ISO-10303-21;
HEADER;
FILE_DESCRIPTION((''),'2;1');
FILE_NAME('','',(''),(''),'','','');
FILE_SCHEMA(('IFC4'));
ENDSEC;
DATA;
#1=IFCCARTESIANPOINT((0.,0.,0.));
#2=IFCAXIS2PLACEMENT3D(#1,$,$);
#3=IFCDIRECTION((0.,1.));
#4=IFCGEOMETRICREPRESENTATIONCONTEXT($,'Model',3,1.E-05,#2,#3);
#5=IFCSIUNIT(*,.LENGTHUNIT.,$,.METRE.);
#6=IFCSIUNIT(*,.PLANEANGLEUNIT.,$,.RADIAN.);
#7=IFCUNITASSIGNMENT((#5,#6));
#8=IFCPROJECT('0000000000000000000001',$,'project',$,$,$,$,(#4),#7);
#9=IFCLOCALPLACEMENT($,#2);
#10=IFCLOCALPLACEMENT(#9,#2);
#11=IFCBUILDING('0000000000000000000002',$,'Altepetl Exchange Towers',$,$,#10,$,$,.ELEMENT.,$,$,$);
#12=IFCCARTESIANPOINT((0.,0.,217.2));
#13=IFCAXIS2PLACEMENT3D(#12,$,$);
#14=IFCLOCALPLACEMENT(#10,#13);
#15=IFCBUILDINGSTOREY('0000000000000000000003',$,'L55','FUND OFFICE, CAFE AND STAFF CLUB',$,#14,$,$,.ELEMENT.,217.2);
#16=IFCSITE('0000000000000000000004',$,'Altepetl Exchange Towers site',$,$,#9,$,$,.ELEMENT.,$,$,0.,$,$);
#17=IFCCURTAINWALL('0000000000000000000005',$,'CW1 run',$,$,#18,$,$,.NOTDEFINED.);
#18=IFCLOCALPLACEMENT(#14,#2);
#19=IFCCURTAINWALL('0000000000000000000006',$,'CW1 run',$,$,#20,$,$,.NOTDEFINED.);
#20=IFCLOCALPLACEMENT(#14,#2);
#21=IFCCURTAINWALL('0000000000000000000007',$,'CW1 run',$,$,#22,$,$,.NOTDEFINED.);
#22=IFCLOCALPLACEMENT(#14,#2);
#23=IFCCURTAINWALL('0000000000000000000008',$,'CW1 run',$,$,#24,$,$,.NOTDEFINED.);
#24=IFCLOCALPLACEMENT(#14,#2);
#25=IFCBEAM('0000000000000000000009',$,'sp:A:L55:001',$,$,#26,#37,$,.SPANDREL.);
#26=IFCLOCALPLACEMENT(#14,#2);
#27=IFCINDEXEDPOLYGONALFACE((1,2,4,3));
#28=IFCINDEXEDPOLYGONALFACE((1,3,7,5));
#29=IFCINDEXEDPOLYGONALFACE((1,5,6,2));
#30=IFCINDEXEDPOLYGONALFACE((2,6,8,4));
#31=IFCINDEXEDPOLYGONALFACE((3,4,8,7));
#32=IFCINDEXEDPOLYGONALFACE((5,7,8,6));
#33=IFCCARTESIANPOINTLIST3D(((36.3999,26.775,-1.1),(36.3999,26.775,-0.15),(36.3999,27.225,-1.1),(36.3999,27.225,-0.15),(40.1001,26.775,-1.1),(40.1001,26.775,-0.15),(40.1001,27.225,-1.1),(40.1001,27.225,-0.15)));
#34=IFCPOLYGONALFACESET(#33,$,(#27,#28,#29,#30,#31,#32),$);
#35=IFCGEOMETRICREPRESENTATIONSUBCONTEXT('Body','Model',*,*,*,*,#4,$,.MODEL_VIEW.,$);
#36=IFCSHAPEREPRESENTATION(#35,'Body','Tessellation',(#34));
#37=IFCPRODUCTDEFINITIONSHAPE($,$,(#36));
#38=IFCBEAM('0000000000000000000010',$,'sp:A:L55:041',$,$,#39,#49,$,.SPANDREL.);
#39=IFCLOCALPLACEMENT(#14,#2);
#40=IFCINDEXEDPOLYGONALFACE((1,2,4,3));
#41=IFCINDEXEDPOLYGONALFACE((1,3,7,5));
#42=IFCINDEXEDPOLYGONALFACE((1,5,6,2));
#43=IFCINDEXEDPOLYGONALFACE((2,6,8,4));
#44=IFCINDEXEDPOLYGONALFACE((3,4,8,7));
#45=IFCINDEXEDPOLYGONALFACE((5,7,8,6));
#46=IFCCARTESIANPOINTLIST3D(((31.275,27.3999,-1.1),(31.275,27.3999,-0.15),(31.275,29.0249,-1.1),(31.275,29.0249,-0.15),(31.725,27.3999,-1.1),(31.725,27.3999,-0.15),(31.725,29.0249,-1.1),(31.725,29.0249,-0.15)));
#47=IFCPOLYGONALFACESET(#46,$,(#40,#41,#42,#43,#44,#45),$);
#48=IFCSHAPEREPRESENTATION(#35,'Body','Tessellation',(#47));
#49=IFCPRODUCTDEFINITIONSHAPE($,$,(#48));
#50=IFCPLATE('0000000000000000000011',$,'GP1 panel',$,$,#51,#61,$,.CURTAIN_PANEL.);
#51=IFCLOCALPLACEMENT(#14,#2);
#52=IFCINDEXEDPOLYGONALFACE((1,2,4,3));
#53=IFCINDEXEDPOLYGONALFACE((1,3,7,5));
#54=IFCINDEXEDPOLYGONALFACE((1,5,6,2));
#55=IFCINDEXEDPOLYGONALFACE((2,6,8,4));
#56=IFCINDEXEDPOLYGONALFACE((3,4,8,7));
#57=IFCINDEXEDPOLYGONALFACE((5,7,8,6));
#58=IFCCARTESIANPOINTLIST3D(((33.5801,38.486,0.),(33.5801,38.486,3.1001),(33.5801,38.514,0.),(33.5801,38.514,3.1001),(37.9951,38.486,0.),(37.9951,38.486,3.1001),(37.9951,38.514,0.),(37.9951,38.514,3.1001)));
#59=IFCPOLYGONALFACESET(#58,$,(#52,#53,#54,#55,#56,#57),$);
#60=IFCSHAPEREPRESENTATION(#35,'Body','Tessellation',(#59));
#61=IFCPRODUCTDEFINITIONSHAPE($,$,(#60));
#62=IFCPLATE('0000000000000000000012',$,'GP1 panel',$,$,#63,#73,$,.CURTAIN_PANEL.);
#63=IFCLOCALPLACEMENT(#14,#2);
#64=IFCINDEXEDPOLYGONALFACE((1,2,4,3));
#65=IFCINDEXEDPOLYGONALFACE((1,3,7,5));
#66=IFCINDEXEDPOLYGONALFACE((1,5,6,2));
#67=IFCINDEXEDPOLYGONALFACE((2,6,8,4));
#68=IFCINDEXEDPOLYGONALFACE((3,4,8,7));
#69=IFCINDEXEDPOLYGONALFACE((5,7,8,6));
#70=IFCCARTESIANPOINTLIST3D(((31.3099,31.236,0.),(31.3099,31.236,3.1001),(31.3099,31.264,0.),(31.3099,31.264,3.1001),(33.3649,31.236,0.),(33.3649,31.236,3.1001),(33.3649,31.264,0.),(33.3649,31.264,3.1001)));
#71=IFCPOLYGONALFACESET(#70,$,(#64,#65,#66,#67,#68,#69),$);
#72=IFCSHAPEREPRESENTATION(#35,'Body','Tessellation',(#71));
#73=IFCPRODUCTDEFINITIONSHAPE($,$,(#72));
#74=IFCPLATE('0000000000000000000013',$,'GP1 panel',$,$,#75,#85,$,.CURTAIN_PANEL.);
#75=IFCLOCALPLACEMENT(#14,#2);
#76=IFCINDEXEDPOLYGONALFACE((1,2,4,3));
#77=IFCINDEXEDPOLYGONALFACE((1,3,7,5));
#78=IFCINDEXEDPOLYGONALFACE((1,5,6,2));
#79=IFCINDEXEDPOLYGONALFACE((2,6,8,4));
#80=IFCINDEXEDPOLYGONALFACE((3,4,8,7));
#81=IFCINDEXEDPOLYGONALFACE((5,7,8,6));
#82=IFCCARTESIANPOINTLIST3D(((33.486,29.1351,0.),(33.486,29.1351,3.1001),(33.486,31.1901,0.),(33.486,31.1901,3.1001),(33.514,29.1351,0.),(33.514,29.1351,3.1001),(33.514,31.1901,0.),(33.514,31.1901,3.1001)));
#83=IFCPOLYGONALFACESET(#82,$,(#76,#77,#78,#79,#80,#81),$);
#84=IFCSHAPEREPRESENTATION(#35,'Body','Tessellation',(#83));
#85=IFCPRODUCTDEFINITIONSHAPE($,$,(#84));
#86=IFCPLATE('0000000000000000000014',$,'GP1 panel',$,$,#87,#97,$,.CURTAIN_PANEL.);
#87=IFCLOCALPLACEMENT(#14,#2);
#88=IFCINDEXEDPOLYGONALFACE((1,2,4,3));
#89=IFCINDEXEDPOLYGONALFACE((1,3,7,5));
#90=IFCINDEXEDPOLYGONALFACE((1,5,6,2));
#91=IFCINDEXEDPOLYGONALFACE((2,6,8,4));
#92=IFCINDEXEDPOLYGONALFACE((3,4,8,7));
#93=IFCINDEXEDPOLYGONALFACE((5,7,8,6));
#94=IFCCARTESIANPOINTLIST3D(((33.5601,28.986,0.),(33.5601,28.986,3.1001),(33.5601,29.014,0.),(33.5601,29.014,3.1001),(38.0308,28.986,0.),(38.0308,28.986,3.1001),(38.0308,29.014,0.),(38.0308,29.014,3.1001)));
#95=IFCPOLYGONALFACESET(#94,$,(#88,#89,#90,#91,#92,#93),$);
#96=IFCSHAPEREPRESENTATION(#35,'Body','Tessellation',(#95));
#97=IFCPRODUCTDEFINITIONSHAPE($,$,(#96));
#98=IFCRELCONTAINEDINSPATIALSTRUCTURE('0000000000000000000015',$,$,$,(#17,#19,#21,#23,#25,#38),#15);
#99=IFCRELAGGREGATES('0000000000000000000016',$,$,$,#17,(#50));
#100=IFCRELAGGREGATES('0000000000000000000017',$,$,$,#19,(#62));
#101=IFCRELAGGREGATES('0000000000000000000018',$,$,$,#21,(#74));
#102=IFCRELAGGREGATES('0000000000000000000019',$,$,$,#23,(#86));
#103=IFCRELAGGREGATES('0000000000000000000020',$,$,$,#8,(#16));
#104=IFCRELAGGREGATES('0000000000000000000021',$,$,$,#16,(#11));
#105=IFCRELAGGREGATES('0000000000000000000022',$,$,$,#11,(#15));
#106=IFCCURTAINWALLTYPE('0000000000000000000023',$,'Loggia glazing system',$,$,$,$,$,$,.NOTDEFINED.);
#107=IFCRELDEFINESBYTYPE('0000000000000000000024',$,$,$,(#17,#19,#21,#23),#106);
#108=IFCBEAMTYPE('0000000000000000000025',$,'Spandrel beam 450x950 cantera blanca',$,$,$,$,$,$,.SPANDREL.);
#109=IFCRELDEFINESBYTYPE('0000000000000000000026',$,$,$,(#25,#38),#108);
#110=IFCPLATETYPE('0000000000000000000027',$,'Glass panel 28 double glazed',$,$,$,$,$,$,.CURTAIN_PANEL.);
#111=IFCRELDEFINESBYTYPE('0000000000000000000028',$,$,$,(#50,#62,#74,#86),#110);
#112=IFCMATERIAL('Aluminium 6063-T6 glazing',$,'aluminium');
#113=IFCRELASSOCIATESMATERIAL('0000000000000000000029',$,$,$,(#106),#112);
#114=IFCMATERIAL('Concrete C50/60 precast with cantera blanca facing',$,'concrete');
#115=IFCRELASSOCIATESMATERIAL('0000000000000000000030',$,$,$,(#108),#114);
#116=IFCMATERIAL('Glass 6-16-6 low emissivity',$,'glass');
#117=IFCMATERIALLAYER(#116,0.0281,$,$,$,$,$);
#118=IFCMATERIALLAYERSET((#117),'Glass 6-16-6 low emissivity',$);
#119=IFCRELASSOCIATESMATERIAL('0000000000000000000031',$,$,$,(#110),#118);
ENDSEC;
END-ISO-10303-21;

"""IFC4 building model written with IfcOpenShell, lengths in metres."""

from ifc_helpers import new_model, si_unit, direction, frame, origin, origin_2d, place, context, subcontext, project, spatial, rectangle, extrude, material, layer, layer_set, material_profile, profile_set, type_object, element, aggregate, save


model = new_model("IFC4")

# Units and contexts
model_context = context("Model", 3, precision=1e-05, world=origin(), true_north=direction((0.0, 1.0)))
body_context = subcontext(model_context, "Body", "Model", "MODEL_VIEW")
ifc_project = project(units=[si_unit("LENGTHUNIT", "METRE"), si_unit("PLANEANGLEUNIT", "RADIAN")], contexts=[model_context])

# Site, building, storey
site_placement = place(None, origin())
site = spatial("IfcSite", under=ifc_project, at=site_placement, Name="Altepetl Exchange Towers site", CompositionType="ELEMENT", RefElevation=0.0)
building_placement = place(site_placement, origin())
building = spatial("IfcBuilding", under=site, at=building_placement, Name="Altepetl Exchange Towers", CompositionType="ELEMENT")
storey_placement = place(building_placement, frame((0.0, 0.0, 217.2)))
storey = spatial("IfcBuildingStorey", under=building, at=storey_placement, Name="L55", Description="FUND OFFICE, CAFE AND STAFF CLUB", CompositionType="ELEMENT", Elevation=217.2)

# Curtain walls
ifc_material_1 = material(Name="Aluminium 6063-T6 glazing", Category="aluminium")
curtain_wall_type = type_object("IfcCurtainWallType", Name="Loggia glazing system", PredefinedType="NOTDEFINED", material=ifc_material_1)
curtain_wall_1_placement = place(storey_placement, origin())
curtain_wall_1 = element("IfcCurtainWall", 1, at=curtain_wall_1_placement, inside=storey, type_object=curtain_wall_type, Name="CW1 run", PredefinedType="NOTDEFINED")
curtain_wall_2_placement = place(storey_placement, origin())
curtain_wall_2 = element("IfcCurtainWall", 2, at=curtain_wall_2_placement, inside=storey, type_object=curtain_wall_type, Name="CW1 run", PredefinedType="NOTDEFINED")

# Curtain walls
curtain_wall_3_placement = place(storey_placement, origin())
curtain_wall_3 = element("IfcCurtainWall", 3, at=curtain_wall_3_placement, inside=storey, type_object=curtain_wall_type, Name="CW1 run", PredefinedType="NOTDEFINED")
curtain_wall_4_placement = place(storey_placement, origin())
curtain_wall_4 = element("IfcCurtainWall", 4, at=curtain_wall_4_placement, inside=storey, type_object=curtain_wall_type, Name="CW1 run", PredefinedType="NOTDEFINED")

# Beams
ifc_material_2 = material(Name="Concrete C50/60 precast with cantera blanca facing", Category="concrete")
ifc_material_profile_1 = material_profile(ifc_material_2, rectangle(XDim=0.45, YDim=0.95, at=origin_2d()), Name="450 x 950")
ifc_profile_set_1 = profile_set([ifc_material_profile_1], Name="Concrete C50/60 precast with cantera blanca facing")
beam_type_1 = type_object("IfcBeamType", Name="Spandrel beam 450x950 cantera blanca", PredefinedType="SPANDREL", material=ifc_profile_set_1)
for number, where, z_axis, x_axis, name in (
    (5, (36.3999, 27.0, -0.625), (1.0, 0.0, 0.0), (0.0, 1.0, 0.0), "sp:A:L55:001"),
):
    element("IfcBeam", number, at=place(storey_placement, frame(where, z_axis=z_axis, x_axis=x_axis)), inside=storey, type_object=beam_type_1, Name=name, PredefinedType="SPANDREL", context=body_context, shape_type="SweptSolid", body=[
        extrude(rectangle(XDim=0.45, YDim=0.95, at=origin_2d()), origin(), (0.0, 0.0, 1.0), 3.7002),
    ])
beam_1_placement = place(storey_placement, frame((31.5, 29.0249, -0.625), z_axis=(0.0, -1.0, 0.0), x_axis=(1.0, 0.0, 0.0)))
element("IfcBeam", 6, at=beam_1_placement, inside=storey, type_object=beam_type_1, Name="sp:A:L55:041", PredefinedType="SPANDREL", context=body_context, shape_type="SweptSolid", body=[
    extrude(rectangle(XDim=0.45, YDim=0.95, at=origin_2d()), origin(), (0.0, 0.0, 1.0), 1.625),
])

# Plates
ifc_material_3 = material(Name="Glass 6-16-6 low emissivity", Category="glass")
ifc_layer = layer(ifc_material_3, 0.0281)
ifc_layer_set = layer_set([ifc_layer], Name="Glass 6-16-6 low emissivity")
plate_type = type_object("IfcPlateType", Name="Glass panel 28 double glazed", PredefinedType="CURTAIN_PANEL", material=ifc_layer_set)
plate_1_placement = place(storey_placement, frame((35.7876, 38.5, 0.0), z_axis=(0.0, 0.0, 1.0), x_axis=(-1.0, 0.0, 0.0)))
plate_1 = element("IfcPlate", 7, at=plate_1_placement, type_object=plate_type, Name="GP1 panel", PredefinedType="CURTAIN_PANEL", context=body_context, shape_type="SweptSolid", body=[
    extrude(rectangle(XDim=4.415, YDim=0.0281, at=origin_2d()), origin(), (0.0, 0.0, 1.0), 3.1001),
])
aggregate(curtain_wall_1, [plate_1])
plate_2_placement = place(storey_placement, frame((32.3374, 31.25, 0.0)))
plate_2 = element("IfcPlate", 8, at=plate_2_placement, type_object=plate_type, Name="GP1 panel", PredefinedType="CURTAIN_PANEL", context=body_context, shape_type="SweptSolid", body=[
    extrude(rectangle(XDim=2.0549, YDim=0.0281, at=origin_2d()), origin(), (0.0, 0.0, 1.0), 3.1001),
])
aggregate(curtain_wall_2, [plate_2])
plate_3_placement = place(storey_placement, frame((33.5, 30.1626, 0.0), z_axis=(0.0, 0.0, 1.0), x_axis=(0.0, -1.0, 0.0)))
plate_3 = element("IfcPlate", 9, at=plate_3_placement, type_object=plate_type, Name="GP1 panel", PredefinedType="CURTAIN_PANEL", context=body_context, shape_type="SweptSolid", body=[
    extrude(rectangle(XDim=2.0549, YDim=0.0281, at=origin_2d()), origin(), (0.0, 0.0, 1.0), 3.1001),
])
aggregate(curtain_wall_3, [plate_3])
plate_4_placement = place(storey_placement, frame((35.7954, 29.0, 0.0)))
plate_4 = element("IfcPlate", 10, at=plate_4_placement, type_object=plate_type, Name="GP1 panel", PredefinedType="CURTAIN_PANEL", context=body_context, shape_type="SweptSolid", body=[
    extrude(rectangle(XDim=4.4707, YDim=0.0281, at=origin_2d()), origin(), (0.0, 0.0, 1.0), 3.1001),
])
aggregate(curtain_wall_4, [plate_4])

save(model, "model.ifc")
